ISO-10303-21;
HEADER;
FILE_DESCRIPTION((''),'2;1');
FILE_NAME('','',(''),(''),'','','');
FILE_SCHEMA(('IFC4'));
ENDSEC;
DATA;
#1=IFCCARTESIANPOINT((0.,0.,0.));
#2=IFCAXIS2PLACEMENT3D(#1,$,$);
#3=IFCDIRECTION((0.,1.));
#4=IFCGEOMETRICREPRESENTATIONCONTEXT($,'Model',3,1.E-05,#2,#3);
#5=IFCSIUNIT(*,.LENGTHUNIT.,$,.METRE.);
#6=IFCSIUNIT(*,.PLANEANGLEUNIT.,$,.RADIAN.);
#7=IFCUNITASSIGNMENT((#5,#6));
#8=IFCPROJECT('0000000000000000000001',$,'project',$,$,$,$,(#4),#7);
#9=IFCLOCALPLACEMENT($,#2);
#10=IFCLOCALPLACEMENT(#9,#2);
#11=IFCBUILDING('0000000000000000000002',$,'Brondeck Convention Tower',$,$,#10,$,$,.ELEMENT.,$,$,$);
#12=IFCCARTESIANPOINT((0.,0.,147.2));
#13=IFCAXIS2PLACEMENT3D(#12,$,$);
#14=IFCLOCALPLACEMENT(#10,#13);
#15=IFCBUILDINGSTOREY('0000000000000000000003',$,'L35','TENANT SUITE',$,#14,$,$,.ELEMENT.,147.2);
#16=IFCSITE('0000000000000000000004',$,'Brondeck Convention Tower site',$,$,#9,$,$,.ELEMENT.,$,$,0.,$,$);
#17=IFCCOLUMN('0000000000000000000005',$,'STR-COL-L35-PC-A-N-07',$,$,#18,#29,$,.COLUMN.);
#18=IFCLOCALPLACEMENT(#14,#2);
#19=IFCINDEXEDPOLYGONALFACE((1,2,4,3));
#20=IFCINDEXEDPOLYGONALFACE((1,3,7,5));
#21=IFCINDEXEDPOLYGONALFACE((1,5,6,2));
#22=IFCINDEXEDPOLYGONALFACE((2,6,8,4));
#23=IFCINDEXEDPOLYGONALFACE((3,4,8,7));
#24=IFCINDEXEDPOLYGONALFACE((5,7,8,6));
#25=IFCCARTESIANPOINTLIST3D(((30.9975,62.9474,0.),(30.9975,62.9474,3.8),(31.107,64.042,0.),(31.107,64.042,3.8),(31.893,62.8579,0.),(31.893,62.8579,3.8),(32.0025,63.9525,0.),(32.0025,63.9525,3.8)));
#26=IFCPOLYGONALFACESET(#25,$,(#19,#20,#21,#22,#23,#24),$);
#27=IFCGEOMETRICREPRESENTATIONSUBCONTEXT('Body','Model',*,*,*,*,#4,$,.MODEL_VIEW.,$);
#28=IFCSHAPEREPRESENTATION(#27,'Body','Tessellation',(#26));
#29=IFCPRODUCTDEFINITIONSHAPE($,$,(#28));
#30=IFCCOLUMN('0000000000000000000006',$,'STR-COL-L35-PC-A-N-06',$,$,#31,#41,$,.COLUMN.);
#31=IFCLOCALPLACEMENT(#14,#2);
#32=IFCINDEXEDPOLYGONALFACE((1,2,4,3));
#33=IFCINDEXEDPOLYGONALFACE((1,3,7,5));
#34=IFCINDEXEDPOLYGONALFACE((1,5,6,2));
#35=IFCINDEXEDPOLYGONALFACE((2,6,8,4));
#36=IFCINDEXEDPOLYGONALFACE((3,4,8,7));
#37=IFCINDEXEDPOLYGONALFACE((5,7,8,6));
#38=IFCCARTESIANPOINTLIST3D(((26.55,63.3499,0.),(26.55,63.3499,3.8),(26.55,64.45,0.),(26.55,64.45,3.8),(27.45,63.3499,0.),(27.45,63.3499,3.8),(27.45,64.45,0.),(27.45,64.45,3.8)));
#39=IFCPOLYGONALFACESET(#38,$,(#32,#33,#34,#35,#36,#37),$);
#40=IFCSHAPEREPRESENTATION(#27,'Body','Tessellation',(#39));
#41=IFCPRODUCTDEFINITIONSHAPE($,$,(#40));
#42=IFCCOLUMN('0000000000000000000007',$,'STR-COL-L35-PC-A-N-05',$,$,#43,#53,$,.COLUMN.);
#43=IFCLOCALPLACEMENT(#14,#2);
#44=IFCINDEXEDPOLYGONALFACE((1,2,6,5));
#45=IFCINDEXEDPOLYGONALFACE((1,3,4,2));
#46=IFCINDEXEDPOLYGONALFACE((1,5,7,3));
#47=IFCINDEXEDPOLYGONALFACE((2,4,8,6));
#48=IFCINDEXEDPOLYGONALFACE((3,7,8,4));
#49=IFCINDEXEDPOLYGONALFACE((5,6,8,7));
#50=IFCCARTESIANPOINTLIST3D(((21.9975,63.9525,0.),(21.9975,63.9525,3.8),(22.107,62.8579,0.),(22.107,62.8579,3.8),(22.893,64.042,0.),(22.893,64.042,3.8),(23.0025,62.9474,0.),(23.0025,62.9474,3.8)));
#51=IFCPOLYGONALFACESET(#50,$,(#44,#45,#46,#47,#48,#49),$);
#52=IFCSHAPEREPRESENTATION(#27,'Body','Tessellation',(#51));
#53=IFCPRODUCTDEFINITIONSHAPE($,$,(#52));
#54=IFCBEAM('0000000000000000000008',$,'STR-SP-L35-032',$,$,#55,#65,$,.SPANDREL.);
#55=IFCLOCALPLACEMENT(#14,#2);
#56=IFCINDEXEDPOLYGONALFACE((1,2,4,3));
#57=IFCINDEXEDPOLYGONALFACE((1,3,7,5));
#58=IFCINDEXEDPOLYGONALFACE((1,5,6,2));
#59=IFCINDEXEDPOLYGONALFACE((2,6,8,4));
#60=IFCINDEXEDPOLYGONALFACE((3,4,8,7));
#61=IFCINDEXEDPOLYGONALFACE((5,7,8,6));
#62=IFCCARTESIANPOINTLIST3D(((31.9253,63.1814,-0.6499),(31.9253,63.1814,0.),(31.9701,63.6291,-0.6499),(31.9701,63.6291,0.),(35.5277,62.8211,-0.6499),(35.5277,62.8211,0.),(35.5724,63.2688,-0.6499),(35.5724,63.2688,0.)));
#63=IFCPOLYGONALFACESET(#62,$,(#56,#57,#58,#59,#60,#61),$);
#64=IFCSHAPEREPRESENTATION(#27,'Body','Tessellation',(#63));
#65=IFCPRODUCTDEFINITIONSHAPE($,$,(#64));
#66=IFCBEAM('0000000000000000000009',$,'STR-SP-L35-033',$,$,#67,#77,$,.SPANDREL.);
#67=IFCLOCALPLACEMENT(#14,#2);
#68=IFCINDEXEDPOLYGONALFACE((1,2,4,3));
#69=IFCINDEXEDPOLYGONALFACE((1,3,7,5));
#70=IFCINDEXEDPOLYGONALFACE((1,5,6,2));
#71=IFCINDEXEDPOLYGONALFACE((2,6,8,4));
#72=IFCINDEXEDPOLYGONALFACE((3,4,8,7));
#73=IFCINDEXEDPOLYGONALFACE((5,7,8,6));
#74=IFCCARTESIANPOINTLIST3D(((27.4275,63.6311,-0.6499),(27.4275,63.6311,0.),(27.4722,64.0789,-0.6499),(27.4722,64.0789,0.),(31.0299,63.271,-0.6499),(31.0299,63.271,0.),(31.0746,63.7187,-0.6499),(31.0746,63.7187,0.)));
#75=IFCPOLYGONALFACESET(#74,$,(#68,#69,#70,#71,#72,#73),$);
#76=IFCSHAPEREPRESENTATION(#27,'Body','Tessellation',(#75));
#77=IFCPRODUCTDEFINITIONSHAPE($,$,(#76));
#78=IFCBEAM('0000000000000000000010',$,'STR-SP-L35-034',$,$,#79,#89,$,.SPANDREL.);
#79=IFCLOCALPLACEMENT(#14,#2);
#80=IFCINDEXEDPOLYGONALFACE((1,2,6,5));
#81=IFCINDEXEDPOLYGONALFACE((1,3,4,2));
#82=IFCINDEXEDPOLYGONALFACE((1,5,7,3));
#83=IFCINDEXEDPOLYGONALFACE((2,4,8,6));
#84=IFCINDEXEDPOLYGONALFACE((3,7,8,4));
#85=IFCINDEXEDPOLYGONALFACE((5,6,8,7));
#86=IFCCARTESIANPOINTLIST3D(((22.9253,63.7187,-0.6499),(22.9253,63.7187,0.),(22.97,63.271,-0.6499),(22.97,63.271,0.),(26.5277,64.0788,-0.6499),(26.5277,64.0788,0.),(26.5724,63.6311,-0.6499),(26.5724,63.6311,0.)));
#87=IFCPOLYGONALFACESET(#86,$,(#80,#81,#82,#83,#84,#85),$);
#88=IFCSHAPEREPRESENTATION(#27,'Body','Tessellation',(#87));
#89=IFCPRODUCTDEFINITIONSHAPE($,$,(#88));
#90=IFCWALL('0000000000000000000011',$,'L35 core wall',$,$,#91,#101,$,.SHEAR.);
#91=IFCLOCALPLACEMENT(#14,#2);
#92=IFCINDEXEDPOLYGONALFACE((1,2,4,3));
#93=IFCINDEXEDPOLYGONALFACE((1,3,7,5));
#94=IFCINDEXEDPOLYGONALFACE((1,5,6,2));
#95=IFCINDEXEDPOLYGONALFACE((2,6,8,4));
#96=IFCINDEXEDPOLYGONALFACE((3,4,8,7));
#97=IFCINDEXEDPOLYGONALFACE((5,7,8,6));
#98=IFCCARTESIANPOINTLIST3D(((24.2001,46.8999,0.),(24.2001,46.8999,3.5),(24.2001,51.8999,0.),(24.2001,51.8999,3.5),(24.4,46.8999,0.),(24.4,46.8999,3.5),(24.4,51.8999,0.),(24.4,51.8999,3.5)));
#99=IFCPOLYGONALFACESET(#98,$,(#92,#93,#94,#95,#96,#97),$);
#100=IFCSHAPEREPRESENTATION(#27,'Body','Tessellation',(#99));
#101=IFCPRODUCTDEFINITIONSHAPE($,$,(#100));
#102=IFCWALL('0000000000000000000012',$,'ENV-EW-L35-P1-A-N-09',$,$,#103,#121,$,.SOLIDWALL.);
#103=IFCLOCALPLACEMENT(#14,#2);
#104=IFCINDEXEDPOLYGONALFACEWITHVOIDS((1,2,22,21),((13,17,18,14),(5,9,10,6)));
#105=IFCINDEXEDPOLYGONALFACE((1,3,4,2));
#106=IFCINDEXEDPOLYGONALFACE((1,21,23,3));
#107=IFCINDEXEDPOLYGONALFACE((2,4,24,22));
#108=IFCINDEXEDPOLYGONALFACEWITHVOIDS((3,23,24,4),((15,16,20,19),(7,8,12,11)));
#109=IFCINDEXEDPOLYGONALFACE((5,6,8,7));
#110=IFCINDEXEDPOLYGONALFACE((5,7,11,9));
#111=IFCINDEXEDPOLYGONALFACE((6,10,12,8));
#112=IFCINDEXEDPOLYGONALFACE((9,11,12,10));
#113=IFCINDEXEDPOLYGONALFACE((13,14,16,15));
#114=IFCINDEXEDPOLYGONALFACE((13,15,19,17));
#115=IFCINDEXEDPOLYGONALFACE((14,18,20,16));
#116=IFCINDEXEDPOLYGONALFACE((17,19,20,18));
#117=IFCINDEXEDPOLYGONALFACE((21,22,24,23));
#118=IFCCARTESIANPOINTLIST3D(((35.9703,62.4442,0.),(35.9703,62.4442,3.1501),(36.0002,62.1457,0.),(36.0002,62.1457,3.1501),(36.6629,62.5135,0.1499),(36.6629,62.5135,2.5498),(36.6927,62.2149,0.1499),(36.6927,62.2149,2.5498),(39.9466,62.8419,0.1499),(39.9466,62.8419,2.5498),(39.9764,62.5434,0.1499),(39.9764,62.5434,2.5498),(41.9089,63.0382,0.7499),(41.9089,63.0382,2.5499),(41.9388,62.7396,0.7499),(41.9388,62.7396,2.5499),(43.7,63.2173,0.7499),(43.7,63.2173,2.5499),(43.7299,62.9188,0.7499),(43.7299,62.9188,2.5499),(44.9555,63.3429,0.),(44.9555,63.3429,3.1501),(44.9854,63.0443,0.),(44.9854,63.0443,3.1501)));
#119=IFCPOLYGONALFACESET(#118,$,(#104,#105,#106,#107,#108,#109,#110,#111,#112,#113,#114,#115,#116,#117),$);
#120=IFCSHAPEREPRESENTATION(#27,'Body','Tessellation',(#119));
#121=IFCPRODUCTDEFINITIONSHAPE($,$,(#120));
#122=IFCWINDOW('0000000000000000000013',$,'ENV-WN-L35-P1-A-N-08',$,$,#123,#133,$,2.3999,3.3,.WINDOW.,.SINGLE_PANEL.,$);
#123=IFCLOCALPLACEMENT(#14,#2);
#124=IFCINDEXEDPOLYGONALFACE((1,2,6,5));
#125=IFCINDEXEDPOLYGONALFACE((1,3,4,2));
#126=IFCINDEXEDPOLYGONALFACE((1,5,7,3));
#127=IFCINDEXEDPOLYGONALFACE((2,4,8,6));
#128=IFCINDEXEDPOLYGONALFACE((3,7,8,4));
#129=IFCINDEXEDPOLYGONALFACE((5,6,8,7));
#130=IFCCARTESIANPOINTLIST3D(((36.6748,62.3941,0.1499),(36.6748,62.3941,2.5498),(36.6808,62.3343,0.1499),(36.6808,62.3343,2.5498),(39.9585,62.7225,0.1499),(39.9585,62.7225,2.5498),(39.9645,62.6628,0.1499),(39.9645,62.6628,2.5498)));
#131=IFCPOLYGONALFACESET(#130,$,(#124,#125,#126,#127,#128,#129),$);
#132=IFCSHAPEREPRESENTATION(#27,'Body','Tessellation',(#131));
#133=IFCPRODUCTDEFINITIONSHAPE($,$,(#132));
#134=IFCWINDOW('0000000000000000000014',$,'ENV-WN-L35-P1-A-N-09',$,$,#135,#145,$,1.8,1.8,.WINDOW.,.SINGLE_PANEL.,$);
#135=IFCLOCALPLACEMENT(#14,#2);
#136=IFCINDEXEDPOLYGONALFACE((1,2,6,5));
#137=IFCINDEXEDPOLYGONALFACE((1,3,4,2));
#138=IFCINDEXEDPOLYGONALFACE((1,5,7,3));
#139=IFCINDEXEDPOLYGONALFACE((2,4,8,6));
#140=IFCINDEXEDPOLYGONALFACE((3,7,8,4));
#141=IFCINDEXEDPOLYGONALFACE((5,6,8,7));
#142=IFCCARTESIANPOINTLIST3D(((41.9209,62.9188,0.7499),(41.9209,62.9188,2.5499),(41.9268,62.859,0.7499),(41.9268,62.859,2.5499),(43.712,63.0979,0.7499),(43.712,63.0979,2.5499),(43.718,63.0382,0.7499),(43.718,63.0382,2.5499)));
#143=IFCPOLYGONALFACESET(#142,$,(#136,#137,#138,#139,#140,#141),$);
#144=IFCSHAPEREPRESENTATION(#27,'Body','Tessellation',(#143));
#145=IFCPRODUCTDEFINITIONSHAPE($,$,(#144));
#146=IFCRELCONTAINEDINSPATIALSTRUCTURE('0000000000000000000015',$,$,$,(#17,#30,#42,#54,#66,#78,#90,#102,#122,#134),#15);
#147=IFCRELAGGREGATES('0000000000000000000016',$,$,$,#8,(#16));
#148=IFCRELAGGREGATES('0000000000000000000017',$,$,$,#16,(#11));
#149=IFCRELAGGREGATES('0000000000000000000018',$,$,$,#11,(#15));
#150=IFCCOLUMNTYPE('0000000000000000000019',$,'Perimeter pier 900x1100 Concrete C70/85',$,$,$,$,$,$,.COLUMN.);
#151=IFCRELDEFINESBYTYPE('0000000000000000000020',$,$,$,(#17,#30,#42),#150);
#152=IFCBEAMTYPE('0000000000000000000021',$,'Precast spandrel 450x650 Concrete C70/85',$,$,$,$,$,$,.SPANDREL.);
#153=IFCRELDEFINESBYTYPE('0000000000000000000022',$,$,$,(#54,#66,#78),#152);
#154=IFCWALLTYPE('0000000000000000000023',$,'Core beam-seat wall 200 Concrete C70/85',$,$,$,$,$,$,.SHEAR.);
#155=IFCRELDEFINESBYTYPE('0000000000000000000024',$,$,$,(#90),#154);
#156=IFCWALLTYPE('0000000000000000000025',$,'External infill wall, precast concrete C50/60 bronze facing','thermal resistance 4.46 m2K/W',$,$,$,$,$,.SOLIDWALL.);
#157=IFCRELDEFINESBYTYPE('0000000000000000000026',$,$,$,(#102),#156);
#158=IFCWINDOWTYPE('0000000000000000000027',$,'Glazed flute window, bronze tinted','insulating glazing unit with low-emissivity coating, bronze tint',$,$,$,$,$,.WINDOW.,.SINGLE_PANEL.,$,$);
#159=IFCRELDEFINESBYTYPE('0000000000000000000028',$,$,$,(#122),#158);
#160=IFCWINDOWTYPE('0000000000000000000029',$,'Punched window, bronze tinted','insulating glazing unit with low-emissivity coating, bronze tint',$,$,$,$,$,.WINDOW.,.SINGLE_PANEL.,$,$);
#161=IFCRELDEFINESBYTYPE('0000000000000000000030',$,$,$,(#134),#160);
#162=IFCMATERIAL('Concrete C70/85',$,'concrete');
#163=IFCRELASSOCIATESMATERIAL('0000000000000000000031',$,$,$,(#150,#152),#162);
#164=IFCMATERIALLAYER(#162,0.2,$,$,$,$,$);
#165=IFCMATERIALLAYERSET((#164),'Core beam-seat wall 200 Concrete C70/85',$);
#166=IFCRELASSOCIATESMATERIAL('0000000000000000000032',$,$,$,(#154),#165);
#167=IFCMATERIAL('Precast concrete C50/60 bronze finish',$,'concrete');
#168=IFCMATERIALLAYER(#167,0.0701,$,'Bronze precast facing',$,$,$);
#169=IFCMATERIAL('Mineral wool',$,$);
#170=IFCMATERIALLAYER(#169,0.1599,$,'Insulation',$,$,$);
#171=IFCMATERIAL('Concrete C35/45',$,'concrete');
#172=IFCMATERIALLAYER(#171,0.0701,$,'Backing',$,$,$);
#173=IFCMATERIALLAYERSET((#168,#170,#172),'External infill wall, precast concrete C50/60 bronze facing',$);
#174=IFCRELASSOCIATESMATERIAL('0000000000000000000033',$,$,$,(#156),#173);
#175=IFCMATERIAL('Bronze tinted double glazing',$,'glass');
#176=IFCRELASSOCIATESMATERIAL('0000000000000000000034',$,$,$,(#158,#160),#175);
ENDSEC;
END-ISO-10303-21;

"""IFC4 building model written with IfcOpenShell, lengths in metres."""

from ifc_helpers import new_model, si_unit, direction, frame, frame_2d, origin, origin_2d, place, context, subcontext, project, spatial, rectangle, extrude, material, layer, layer_set, material_profile, profile_set, type_object, element, fill, save


model = new_model("IFC4")

# Units and contexts
model_context = context("Model", 3, precision=1e-05, world=origin(), true_north=direction((0.0, 1.0)))
body_context = subcontext(model_context, "Body", "Model", "MODEL_VIEW")
ifc_project = project(units=[si_unit("LENGTHUNIT", "METRE"), si_unit("PLANEANGLEUNIT", "RADIAN")], contexts=[model_context])

# Site, building, storey
site_placement = place(None, origin())
site = spatial("IfcSite", under=ifc_project, at=site_placement, Name="Brondeck Convention Tower site", CompositionType="ELEMENT", RefElevation=0.0)
building_placement = place(site_placement, origin())
building = spatial("IfcBuilding", under=site, at=building_placement, Name="Brondeck Convention Tower", CompositionType="ELEMENT")
storey_placement = place(building_placement, frame((0.0, 0.0, 147.2)))
storey = spatial("IfcBuildingStorey", under=building, at=storey_placement, Name="L35", Description="TENANT SUITE", CompositionType="ELEMENT", Elevation=147.2)

# Columns
ifc_material_1 = material(Name="Concrete C70/85", Category="concrete")
ifc_material_profile_1 = material_profile(ifc_material_1, rectangle(XDim=0.8999, YDim=1.1001, at=origin_2d()), Name="Perimeter pier 900x1100 Concrete C70/85")
ifc_profile_set_1 = profile_set([ifc_material_profile_1], Name="Concrete C70/85")
column_type = type_object("IfcColumnType", Name="Perimeter pier 900x1100 Concrete C70/85", PredefinedType="COLUMN", material=ifc_profile_set_1)
for number, where, z_axis, x_axis, name in (
    (1, (31.5, 63.45, 0.0), (0.0, 0.0, 1.0), (-0.995037, 0.099504, 0.0), "STR-COL-L35-PC-A-N-07"),
    (2, (27.0, 63.8999, 0.0), (0.0, 0.0, 1.0), (-1.0, 0.0, 0.0), "STR-COL-L35-PC-A-N-06"),
    (3, (22.5, 63.45, 0.0), (0.0, 0.0, 1.0), (-0.995037, -0.099504, 0.0), "STR-COL-L35-PC-A-N-05"),
):
    element("IfcColumn", number, at=place(storey_placement, frame(where, z_axis=z_axis, x_axis=x_axis)), inside=storey, type_object=column_type, Name=name, PredefinedType="COLUMN", context=body_context, shape_type="SweptSolid", body=[
        extrude(rectangle(XDim=0.8999, YDim=1.1001, at=origin_2d()), origin(), (0.0, 0.0, 1.0), 3.8),
    ])

# Beams
ifc_material_profile_2 = material_profile(ifc_material_1, rectangle(XDim=0.45, YDim=0.6499, at=origin_2d()), Name="Precast spandrel 450x650 Concrete C70/85")
ifc_profile_set_2 = profile_set([ifc_material_profile_2], Name="Concrete C70/85")
beam_type = type_object("IfcBeamType", Name="Precast spandrel 450x650 Concrete C70/85", PredefinedType="SPANDREL", material=ifc_profile_set_2)
for number, where, z_axis, x_axis, name in (
    (4, (35.55, 63.0449, -0.325), (-0.995034, 0.099537, 0.0), (-0.099537, -0.995034, 0.0), "STR-SP-L35-032"),
    (5, (31.0522, 63.4949, -0.325), (-0.995041, 0.09947, 0.0), (-0.09947, -0.995041, 0.0), "STR-SP-L35-033"),
    (6, (26.55, 63.855, -0.325), (-0.995041, -0.09947, 0.0), (0.09947, -0.995041, 0.0), "STR-SP-L35-034"),
):
    element("IfcBeam", number, at=place(storey_placement, frame(where, z_axis=z_axis, x_axis=x_axis)), inside=storey, type_object=beam_type, Name=name, PredefinedType="SPANDREL", context=body_context, shape_type="SweptSolid", body=[
        extrude(rectangle(XDim=0.45, YDim=0.6499, at=origin_2d()), origin(), (0.0, 0.0, 1.0), 3.6204),
    ])

# Wall
ifc_layer_1 = layer(ifc_material_1, 0.2)
ifc_layer_set_1 = layer_set([ifc_layer_1], Name="Core beam-seat wall 200 Concrete C70/85")
wall_type_1 = type_object("IfcWallType", Name="Core beam-seat wall 200 Concrete C70/85", PredefinedType="SHEAR", material=ifc_layer_set_1)
wall_1_placement = place(storey_placement, frame((24.3, 46.8999, 0.0), z_axis=(0.0, 0.0, 1.0), x_axis=(0.0, 1.0, 0.0)))
element("IfcWall", 7, at=wall_1_placement, inside=storey, type_object=wall_type_1, Name="L35 core wall", PredefinedType="SHEAR", context=body_context, shape_type="SweptSolid", body=[
    extrude(rectangle(XDim=5.0, YDim=0.2, at=frame_2d((2.5, 0.0))), origin(), (0.0, 0.0, 1.0), 3.5),
])

# Wall, openings, windows
ifc_material_2 = material(Name="Precast concrete C50/60 bronze finish", Category="concrete")
ifc_layer_2 = layer(ifc_material_2, 0.0701, Name="Bronze precast facing")
ifc_material_3 = material(Name="Mineral wool")
ifc_layer_3 = layer(ifc_material_3, 0.1599, Name="Insulation")
ifc_material_4 = material(Name="Concrete C35/45", Category="concrete")
ifc_layer_4 = layer(ifc_material_4, 0.0701, Name="Backing")
ifc_layer_set_2 = layer_set([ifc_layer_2, ifc_layer_3, ifc_layer_4], Name="External infill wall, precast concrete C50/60 bronze facing")
wall_type_2 = type_object("IfcWallType", Name="External infill wall, precast concrete C50/60 bronze facing", Description="thermal resistance 4.46 m2K/W", PredefinedType="SOLIDWALL", material=ifc_layer_set_2)
wall_2_placement = place(storey_placement, frame((35.9851, 62.2949, 0.0), z_axis=(0.0, 0.0, 1.0), x_axis=(0.995035, 0.099522, 0.0)))
wall_2 = element("IfcWall", 8, at=wall_2_placement, inside=storey, type_object=wall_type_2, Name="ENV-EW-L35-P1-A-N-09", PredefinedType="SOLIDWALL", context=body_context, shape_type="SweptSolid", body=[
    extrude(rectangle(XDim=9.03, YDim=0.3, at=frame_2d((4.5151, 0.0))), origin(), (0.0, 0.0, 1.0), 3.1501),
])
opening_1_placement = place(wall_2_placement, frame((0.6963, 0.0, 0.1499)))
opening_1 = element("IfcOpeningElement", 9, at=opening_1_placement, cuts=wall_2, PredefinedType="OPENING", context=body_context, shape_type="SweptSolid", body=[
    extrude(rectangle(XDim=3.3, YDim=2.3999, at=frame_2d((1.6499, 1.2))), frame((0.0, 0.1599, 0.0), z_axis=(0.0, -1.0, 0.0), x_axis=(1.0, 0.0, 0.0)), (0.0, 0.0, 1.0), 0.3201),
])
opening_2_placement = place(wall_2_placement, frame((5.9685, 0.0, 0.75)))
opening_2 = element("IfcOpeningElement", 10, at=opening_2_placement, cuts=wall_2, PredefinedType="OPENING", context=body_context, shape_type="SweptSolid", body=[
    extrude(rectangle(XDim=1.8, YDim=1.8, at=frame_2d((0.8999, 0.8999))), frame((0.0, 0.1599, 0.0), z_axis=(0.0, -1.0, 0.0), x_axis=(1.0, 0.0, 0.0)), (0.0, 0.0, 1.0), 0.3201),
])
ifc_material_5 = material(Name="Bronze tinted double glazing", Category="glass")
window_type_1 = type_object("IfcWindowType", Name="Glazed flute window, bronze tinted", Description="insulating glazing unit with low-emissivity coating, bronze tint", PartitioningType="SINGLE_PANEL", PredefinedType="WINDOW", material=ifc_material_5)
window_1_placement = place(opening_1_placement, origin())
window_1 = element("IfcWindow", 11, at=window_1_placement, inside=storey, type_object=window_type_1, Name="ENV-WN-L35-P1-A-N-08", OverallHeight=2.3999, OverallWidth=3.3, PartitioningType="SINGLE_PANEL", PredefinedType="WINDOW", context=body_context, shape_type="SweptSolid", body=[
    extrude(rectangle(XDim=3.3, YDim=2.3999, at=frame_2d((1.6499, 1.2))), frame((0.0, 0.03, 0.0), z_axis=(0.0, -1.0, 0.0), x_axis=(1.0, 0.0, 0.0)), (0.0, 0.0, 1.0), 0.0601),
])
fill(opening_1, window_1)
window_type_2 = type_object("IfcWindowType", Name="Punched window, bronze tinted", Description="insulating glazing unit with low-emissivity coating, bronze tint", PartitioningType="SINGLE_PANEL", PredefinedType="WINDOW", material=ifc_material_5)
window_2_placement = place(opening_2_placement, origin())
window_2 = element("IfcWindow", 12, at=window_2_placement, inside=storey, type_object=window_type_2, Name="ENV-WN-L35-P1-A-N-09", OverallHeight=1.8, OverallWidth=1.8, PartitioningType="SINGLE_PANEL", PredefinedType="WINDOW", context=body_context, shape_type="SweptSolid", body=[
    extrude(rectangle(XDim=1.8, YDim=1.8, at=frame_2d((0.8999, 0.8999))), frame((0.0, 0.03, 0.0), z_axis=(0.0, -1.0, 0.0), x_axis=(1.0, 0.0, 0.0)), (0.0, 0.0, 1.0), 0.0601),
])
fill(opening_2, window_2)

save(model, "model.ifc")
